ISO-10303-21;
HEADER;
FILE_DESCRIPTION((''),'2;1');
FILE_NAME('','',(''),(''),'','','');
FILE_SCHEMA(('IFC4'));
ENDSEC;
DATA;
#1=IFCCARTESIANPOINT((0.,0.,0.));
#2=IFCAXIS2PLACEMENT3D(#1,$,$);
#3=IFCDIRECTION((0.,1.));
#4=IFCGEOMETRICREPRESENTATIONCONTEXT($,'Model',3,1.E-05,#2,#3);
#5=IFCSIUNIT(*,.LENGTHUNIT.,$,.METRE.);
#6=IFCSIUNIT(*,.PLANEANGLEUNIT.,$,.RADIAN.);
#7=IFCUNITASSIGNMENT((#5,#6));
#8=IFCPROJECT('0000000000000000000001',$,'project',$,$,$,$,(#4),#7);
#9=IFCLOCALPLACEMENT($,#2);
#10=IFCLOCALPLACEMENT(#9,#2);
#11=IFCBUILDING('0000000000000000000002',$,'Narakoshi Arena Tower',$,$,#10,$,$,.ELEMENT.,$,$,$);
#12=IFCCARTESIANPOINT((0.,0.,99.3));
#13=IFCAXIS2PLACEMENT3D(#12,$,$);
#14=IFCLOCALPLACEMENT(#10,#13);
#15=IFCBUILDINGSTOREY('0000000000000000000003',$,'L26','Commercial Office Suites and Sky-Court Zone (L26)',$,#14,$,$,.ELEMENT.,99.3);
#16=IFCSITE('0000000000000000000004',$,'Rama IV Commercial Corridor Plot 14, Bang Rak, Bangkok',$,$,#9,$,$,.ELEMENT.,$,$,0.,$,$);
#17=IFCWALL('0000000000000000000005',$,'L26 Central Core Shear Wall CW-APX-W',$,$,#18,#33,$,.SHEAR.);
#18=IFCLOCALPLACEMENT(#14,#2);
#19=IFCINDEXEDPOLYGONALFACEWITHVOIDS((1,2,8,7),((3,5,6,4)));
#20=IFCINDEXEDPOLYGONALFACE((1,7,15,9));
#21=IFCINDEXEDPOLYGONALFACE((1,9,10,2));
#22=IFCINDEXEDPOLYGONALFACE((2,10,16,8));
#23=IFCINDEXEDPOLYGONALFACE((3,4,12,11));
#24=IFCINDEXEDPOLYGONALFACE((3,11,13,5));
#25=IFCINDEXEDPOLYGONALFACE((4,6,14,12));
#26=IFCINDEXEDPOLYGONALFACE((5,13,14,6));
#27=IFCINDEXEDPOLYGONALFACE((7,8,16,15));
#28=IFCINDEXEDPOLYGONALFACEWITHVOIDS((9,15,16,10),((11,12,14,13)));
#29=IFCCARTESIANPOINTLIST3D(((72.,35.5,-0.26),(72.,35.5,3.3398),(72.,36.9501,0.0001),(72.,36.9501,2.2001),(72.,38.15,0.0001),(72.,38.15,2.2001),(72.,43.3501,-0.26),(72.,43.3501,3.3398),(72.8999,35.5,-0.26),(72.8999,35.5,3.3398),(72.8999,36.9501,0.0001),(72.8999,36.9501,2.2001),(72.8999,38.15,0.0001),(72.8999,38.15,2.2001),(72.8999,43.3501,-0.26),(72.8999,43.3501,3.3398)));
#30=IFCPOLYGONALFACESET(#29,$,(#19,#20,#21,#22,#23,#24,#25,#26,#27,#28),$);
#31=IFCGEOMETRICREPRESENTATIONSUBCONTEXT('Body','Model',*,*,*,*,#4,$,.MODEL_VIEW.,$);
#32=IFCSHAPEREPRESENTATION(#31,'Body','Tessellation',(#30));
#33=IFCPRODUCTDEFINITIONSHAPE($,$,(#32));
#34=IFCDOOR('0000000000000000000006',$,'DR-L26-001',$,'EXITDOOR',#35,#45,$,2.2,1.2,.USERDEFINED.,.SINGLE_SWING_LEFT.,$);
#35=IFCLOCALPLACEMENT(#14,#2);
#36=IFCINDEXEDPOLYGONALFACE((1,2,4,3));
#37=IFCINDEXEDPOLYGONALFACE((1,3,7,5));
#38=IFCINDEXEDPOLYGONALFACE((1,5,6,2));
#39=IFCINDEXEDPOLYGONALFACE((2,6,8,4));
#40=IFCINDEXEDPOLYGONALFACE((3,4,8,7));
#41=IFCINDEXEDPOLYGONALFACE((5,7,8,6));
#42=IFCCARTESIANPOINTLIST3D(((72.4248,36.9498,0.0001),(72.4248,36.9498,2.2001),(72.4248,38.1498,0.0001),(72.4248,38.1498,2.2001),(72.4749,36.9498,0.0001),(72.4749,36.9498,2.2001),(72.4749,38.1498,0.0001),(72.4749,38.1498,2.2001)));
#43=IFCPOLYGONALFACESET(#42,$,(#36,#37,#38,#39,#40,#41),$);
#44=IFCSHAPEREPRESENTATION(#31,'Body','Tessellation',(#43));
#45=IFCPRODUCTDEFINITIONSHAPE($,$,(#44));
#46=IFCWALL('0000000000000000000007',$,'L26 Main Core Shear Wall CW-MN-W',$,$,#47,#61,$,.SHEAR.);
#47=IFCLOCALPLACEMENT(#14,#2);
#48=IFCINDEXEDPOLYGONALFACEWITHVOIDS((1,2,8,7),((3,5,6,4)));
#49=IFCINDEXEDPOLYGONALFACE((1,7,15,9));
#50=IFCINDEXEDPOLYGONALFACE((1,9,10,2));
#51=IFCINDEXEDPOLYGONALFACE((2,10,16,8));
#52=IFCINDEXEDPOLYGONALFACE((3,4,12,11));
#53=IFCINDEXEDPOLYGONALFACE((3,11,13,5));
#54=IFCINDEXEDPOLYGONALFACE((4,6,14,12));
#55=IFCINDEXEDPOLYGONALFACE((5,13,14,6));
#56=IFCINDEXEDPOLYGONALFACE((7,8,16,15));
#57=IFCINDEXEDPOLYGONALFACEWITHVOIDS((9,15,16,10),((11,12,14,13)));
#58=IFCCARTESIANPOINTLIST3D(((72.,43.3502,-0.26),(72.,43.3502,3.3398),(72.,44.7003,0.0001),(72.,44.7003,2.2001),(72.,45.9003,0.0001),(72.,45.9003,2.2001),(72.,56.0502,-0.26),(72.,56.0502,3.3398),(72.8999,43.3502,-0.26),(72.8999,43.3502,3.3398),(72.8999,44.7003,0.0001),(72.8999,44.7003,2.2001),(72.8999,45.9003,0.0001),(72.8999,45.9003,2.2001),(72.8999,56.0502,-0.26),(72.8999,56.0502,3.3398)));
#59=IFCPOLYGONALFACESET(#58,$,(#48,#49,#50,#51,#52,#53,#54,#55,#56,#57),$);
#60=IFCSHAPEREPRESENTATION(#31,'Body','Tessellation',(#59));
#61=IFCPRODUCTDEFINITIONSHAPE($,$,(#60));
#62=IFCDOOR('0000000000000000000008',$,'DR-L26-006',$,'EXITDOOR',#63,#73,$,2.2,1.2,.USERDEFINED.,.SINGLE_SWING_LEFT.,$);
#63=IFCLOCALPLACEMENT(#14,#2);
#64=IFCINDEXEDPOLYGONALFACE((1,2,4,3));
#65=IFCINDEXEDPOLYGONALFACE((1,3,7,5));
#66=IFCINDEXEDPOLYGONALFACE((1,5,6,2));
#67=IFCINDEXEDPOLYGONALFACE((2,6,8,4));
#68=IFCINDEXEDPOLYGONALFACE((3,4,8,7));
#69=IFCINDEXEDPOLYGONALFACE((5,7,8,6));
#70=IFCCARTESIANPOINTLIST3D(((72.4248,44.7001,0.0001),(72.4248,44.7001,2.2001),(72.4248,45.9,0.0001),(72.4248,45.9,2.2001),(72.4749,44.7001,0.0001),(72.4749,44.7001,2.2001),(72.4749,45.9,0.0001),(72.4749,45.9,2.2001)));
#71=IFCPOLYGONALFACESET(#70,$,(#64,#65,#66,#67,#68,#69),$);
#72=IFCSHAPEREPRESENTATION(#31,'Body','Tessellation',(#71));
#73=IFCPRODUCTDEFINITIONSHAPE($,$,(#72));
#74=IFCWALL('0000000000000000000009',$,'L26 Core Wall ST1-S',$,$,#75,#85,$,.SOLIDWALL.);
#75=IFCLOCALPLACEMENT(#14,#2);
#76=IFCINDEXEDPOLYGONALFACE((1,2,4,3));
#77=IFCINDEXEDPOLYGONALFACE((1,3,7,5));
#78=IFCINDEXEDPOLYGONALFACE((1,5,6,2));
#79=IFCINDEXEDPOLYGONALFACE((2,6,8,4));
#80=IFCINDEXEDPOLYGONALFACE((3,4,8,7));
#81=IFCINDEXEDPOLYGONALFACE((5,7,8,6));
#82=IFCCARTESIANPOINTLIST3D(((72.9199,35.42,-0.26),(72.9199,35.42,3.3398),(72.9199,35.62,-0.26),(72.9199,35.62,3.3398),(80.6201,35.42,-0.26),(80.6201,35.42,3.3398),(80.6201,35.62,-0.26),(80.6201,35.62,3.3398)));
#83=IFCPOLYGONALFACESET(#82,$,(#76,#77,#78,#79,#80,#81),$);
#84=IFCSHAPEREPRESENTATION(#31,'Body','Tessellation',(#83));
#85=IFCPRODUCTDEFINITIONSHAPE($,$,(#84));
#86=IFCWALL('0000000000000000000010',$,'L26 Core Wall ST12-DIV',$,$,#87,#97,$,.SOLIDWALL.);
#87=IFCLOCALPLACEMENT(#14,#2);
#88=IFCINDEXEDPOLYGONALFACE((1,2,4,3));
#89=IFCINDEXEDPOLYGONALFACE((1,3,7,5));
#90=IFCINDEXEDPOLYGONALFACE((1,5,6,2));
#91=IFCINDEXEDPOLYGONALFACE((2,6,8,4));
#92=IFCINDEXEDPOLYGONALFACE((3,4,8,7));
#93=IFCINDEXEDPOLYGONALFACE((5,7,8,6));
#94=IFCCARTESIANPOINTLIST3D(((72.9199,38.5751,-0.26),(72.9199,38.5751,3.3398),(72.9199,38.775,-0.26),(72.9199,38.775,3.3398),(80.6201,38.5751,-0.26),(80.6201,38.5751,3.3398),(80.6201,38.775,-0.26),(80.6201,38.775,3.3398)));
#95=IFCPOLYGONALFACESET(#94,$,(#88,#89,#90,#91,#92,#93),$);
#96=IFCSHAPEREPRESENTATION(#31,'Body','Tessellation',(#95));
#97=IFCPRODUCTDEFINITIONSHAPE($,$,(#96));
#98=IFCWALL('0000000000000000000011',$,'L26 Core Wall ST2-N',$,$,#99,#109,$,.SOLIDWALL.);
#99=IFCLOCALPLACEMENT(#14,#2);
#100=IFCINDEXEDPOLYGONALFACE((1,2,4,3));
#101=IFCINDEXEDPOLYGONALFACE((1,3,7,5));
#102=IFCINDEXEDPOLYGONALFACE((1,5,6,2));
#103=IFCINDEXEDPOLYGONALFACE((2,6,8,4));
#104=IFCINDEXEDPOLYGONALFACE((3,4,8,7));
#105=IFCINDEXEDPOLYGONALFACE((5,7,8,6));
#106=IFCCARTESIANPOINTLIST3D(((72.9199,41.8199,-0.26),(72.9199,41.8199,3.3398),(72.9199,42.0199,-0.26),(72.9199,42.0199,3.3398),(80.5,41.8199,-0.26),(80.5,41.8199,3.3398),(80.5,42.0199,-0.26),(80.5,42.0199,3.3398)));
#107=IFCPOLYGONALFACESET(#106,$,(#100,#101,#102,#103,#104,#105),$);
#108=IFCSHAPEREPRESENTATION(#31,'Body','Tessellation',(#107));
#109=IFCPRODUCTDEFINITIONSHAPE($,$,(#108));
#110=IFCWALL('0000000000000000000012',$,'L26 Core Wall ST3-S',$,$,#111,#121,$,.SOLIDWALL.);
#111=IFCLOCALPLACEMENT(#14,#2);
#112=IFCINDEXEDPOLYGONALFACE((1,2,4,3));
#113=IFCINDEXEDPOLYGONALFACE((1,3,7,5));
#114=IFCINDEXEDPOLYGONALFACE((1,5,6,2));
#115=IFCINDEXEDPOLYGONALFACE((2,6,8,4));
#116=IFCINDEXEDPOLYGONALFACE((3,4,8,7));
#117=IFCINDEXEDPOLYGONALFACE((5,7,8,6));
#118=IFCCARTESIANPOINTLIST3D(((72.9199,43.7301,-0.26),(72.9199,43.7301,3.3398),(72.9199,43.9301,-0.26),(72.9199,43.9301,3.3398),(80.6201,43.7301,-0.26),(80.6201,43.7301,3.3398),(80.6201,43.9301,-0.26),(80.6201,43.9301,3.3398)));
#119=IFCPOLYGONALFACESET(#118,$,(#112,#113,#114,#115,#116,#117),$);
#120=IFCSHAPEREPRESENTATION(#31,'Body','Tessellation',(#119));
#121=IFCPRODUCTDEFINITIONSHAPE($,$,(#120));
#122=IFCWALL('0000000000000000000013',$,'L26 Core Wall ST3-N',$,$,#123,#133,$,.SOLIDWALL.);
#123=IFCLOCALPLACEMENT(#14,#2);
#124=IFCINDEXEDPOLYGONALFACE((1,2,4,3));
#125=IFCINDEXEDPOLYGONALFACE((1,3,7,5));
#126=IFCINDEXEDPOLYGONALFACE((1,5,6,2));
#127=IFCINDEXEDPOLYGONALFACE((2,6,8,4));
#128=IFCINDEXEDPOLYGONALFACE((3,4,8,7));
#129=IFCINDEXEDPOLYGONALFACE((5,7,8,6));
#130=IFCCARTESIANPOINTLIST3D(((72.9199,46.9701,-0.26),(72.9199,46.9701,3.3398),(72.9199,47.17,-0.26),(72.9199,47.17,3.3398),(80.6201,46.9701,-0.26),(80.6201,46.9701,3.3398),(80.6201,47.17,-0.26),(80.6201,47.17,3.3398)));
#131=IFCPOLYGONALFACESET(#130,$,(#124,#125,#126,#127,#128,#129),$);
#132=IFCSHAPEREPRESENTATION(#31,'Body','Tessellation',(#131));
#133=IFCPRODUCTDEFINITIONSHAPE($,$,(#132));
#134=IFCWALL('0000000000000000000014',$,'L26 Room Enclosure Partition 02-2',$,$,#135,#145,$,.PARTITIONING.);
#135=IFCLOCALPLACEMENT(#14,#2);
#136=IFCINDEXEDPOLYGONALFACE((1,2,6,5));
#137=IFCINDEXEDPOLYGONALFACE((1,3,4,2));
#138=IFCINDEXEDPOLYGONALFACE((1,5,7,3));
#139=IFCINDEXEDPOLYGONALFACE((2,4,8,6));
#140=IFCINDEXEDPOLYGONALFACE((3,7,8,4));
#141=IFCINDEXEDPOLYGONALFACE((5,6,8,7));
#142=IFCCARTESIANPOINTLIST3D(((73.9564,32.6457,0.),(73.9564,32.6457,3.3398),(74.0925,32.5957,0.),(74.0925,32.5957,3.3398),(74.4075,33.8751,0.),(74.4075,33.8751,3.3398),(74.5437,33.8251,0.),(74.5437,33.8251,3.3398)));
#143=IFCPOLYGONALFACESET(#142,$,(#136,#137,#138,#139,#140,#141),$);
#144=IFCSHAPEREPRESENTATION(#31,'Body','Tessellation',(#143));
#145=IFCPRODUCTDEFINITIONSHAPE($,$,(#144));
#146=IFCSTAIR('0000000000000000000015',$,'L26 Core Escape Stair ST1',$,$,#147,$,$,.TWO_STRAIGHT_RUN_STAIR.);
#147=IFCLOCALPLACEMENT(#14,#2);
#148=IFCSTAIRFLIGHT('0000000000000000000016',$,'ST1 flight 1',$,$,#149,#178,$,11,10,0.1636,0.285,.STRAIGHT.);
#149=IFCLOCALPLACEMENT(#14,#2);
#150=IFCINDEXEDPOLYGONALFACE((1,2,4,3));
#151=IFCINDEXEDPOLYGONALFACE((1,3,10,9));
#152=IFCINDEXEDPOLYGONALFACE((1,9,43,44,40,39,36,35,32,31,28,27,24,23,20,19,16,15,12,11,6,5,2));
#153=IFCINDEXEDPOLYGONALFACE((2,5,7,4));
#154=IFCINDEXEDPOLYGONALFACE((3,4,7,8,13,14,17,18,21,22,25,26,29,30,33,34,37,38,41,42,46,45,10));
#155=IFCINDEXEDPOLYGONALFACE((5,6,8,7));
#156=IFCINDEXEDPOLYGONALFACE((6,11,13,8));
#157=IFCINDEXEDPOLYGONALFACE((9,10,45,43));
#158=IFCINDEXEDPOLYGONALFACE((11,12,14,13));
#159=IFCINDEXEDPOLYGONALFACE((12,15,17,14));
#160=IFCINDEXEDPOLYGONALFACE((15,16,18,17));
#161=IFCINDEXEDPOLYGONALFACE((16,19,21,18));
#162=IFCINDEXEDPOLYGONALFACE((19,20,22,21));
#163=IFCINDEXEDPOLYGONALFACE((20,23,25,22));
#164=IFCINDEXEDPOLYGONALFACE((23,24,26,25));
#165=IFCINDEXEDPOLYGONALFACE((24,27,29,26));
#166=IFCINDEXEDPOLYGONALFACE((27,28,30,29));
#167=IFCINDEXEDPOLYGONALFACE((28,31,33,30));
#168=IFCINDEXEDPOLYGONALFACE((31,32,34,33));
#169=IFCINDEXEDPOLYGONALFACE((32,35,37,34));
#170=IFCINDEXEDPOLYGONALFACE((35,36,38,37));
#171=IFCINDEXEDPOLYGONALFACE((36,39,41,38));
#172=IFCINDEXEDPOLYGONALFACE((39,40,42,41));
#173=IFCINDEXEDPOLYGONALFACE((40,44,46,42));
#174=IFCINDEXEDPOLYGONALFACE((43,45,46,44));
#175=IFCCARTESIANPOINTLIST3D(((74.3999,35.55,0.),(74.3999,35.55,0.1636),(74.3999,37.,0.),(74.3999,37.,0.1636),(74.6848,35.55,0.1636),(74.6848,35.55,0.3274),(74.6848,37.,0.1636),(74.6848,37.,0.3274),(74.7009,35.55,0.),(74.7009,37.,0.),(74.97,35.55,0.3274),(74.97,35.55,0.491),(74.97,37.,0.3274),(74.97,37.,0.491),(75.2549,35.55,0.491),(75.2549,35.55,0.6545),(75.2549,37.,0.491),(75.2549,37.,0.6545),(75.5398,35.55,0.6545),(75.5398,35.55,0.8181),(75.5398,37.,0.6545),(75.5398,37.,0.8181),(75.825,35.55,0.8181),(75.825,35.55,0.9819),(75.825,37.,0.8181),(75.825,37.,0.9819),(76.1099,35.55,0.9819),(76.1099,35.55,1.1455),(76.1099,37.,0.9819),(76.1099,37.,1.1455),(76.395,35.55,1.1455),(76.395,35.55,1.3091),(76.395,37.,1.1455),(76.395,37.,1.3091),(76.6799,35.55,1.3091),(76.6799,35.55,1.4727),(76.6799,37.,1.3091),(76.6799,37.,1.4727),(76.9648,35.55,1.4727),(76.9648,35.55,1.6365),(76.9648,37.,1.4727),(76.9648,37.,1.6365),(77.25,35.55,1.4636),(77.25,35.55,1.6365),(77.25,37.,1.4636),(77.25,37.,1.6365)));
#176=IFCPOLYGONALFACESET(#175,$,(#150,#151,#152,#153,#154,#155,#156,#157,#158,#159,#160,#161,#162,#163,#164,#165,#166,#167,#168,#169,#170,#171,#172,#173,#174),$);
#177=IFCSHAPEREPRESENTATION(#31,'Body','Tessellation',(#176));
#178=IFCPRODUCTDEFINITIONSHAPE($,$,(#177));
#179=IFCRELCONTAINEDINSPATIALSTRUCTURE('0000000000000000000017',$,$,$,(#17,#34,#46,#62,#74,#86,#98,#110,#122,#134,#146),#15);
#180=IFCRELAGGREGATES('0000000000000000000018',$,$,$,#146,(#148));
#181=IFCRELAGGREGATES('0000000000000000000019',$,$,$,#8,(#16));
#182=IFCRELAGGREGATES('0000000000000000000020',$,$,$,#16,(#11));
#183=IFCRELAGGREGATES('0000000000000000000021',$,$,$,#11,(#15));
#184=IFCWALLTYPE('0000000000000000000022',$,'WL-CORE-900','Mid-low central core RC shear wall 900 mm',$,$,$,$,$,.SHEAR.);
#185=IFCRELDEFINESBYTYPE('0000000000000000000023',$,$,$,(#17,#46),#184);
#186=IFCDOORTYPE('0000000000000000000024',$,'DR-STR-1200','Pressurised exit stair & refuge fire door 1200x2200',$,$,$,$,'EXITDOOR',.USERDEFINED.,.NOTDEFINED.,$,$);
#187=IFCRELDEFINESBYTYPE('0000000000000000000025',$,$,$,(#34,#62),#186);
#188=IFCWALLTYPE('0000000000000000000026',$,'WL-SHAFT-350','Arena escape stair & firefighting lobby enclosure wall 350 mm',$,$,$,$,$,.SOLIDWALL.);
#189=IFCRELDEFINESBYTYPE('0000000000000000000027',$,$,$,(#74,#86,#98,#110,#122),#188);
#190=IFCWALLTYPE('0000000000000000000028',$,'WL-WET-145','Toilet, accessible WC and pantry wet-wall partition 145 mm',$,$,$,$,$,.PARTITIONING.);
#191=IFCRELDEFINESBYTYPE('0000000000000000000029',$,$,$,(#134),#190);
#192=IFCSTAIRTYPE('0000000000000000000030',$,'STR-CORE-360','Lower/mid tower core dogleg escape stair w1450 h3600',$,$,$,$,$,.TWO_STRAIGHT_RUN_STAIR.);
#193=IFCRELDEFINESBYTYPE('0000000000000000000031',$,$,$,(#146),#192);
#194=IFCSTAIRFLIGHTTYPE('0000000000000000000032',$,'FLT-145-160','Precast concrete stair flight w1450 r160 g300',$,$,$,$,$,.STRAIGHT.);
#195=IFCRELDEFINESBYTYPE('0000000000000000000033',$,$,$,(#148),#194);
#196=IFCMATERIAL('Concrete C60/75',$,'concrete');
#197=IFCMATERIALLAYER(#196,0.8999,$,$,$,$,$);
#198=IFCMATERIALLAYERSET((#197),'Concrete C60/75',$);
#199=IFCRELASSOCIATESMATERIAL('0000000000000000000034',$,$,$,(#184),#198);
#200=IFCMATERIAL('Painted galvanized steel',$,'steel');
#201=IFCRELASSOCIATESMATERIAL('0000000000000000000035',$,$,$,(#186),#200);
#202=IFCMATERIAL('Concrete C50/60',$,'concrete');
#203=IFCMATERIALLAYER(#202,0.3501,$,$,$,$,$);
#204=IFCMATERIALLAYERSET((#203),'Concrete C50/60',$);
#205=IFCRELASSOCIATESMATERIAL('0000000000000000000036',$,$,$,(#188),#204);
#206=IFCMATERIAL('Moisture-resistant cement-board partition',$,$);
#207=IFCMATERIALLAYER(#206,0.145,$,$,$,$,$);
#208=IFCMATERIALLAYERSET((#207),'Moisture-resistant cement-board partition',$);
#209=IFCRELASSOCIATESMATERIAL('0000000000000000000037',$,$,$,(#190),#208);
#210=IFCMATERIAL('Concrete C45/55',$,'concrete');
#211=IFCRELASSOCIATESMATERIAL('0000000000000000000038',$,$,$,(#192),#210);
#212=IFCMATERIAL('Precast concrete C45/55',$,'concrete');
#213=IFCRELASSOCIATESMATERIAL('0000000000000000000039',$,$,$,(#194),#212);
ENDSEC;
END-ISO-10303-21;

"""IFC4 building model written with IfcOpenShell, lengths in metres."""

from ifc_helpers import new_model, si_unit, direction, frame, frame_2d, origin, place, context, subcontext, project, spatial, polyline, rectangle, outline, extrude, material, layer, layer_set, type_object, element, fill, aggregate, save


model = new_model("IFC4")

# Units and contexts
model_context = context("Model", 3, precision=1e-05, world=origin(), true_north=direction((0.0, 1.0)))
body_context = subcontext(model_context, "Body", "Model", "MODEL_VIEW")
ifc_project = project(units=[si_unit("LENGTHUNIT", "METRE"), si_unit("PLANEANGLEUNIT", "RADIAN")], contexts=[model_context])

# Site, building, storey
site_placement = place(None, origin())
site = spatial("IfcSite", under=ifc_project, at=site_placement, Name="Rama IV Commercial Corridor Plot 14, Bang Rak, Bangkok", CompositionType="ELEMENT", RefElevation=0.0)
building_placement = place(site_placement, origin())
building = spatial("IfcBuilding", under=site, at=building_placement, Name="Narakoshi Arena Tower", CompositionType="ELEMENT")
storey_placement = place(building_placement, frame((0.0, 0.0, 99.3)))
storey = spatial("IfcBuildingStorey", under=building, at=storey_placement, Name="L26", Description="Commercial Office Suites and Sky-Court Zone (L26)", CompositionType="ELEMENT", Elevation=99.3)

# Walls, openings, doors
ifc_material_1 = material(Name="Concrete C60/75", Category="concrete")
ifc_layer_1 = layer(ifc_material_1, 0.8999)
ifc_layer_set_1 = layer_set([ifc_layer_1], Name="Concrete C60/75")
wall_type_1 = type_object("IfcWallType", Name="WL-CORE-900", Description="Mid-low central core RC shear wall 900 mm", PredefinedType="SHEAR", material=ifc_layer_set_1)
wall_1_placement = place(storey_placement, frame((72.45, 35.5, -0.26), z_axis=(0.0, 0.0, 1.0), x_axis=(0.0, 1.0, 0.0)))
wall_1 = element("IfcWall", 1, at=wall_1_placement, inside=storey, type_object=wall_type_1, Name="L26 Central Core Shear Wall CW-APX-W", PredefinedType="SHEAR", context=body_context, shape_type="SweptSolid", body=[
    extrude(rectangle(XDim=7.8501, YDim=0.8999, at=frame_2d((3.925, 0.0))), origin(), (0.0, 0.0, 1.0), 3.5999),
])
opening_1_placement = place(wall_1_placement, frame((1.45, 0.0, 0.26)))
opening_1 = element("IfcOpeningElement", 2, at=opening_1_placement, cuts=wall_1, PredefinedType="OPENING", context=body_context, shape_type="SweptSolid", body=[
    extrude(rectangle(XDim=1.2, YDim=2.2, at=frame_2d((0.6001, 1.1001))), frame((0.0, 0.46, 0.0), z_axis=(0.0, -1.0, 0.0), x_axis=(1.0, 0.0, 0.0)), (0.0, 0.0, 1.0), 0.9199),
])
ifc_material_2 = material(Name="Painted galvanized steel", Category="steel")
door_type = type_object("IfcDoorType", Name="DR-STR-1200", Description="Pressurised exit stair & refuge fire door 1200x2200", ElementType="EXITDOOR", OperationType="NOTDEFINED", PredefinedType="USERDEFINED", material=ifc_material_2)
door_1_placement = place(opening_1_placement, frame((1.2, 0.0, 0.0), z_axis=(0.0, 0.0, 1.0), x_axis=(-1.0, 0.0, 0.0)))
door_1 = element("IfcDoor", 3, at=door_1_placement, inside=storey, type_object=door_type, Name="DR-L26-001", ObjectType="EXITDOOR", OperationType="SINGLE_SWING_LEFT", OverallHeight=2.2, OverallWidth=1.2, PredefinedType="USERDEFINED", context=body_context, shape_type="SweptSolid", body=[
    extrude(rectangle(XDim=1.2, YDim=2.2, at=frame_2d((0.6001, 1.1001))), frame((0.0, 0.0249, 0.0), z_axis=(0.0, -1.0, 0.0), x_axis=(1.0, 0.0, 0.0)), (0.0, 0.0, 1.0), 0.05),
])
fill(opening_1, door_1)
wall_2_placement = place(storey_placement, frame((72.45, 43.3501, -0.26), z_axis=(0.0, 0.0, 1.0), x_axis=(0.0, 1.0, 0.0)))
wall_2 = element("IfcWall", 4, at=wall_2_placement, inside=storey, type_object=wall_type_1, Name="L26 Main Core Shear Wall CW-MN-W", PredefinedType="SHEAR", context=body_context, shape_type="SweptSolid", body=[
    extrude(rectangle(XDim=12.7, YDim=0.8999, at=frame_2d((6.3501, 0.0))), origin(), (0.0, 0.0, 1.0), 3.5999),
])
opening_2_placement = place(wall_2_placement, frame((1.3501, 0.0, 0.26)))
opening_2 = element("IfcOpeningElement", 5, at=opening_2_placement, cuts=wall_2, PredefinedType="OPENING", context=body_context, shape_type="SweptSolid", body=[
    extrude(rectangle(XDim=1.2, YDim=2.2, at=frame_2d((0.6001, 1.1001))), frame((0.0, 0.46, 0.0), z_axis=(0.0, -1.0, 0.0), x_axis=(1.0, 0.0, 0.0)), (0.0, 0.0, 1.0), 0.9199),
])
door_2_placement = place(opening_2_placement, frame((1.2, 0.0, 0.0), z_axis=(0.0, 0.0, 1.0), x_axis=(-1.0, 0.0, 0.0)))
door_2 = element("IfcDoor", 6, at=door_2_placement, inside=storey, type_object=door_type, Name="DR-L26-006", ObjectType="EXITDOOR", OperationType="SINGLE_SWING_LEFT", OverallHeight=2.2, OverallWidth=1.2, PredefinedType="USERDEFINED", context=body_context, shape_type="SweptSolid", body=[
    extrude(rectangle(XDim=1.2, YDim=2.2, at=frame_2d((0.6001, 1.1001))), frame((0.0, 0.0249, 0.0), z_axis=(0.0, -1.0, 0.0), x_axis=(1.0, 0.0, 0.0)), (0.0, 0.0, 1.0), 0.05),
])
fill(opening_2, door_2)

# Walls
ifc_material_3 = material(Name="Concrete C50/60", Category="concrete")
ifc_layer_2 = layer(ifc_material_3, 0.3501)
ifc_layer_set_2 = layer_set([ifc_layer_2], Name="Concrete C50/60")
wall_type_2 = type_object("IfcWallType", Name="WL-SHAFT-350", Description="Arena escape stair & firefighting lobby enclosure wall 350 mm", PredefinedType="SOLIDWALL", material=ifc_layer_set_2)
for number, where, z_axis, x_axis, name in (
    (7, (72.9199, 35.52, -0.26), (0.0, 0.0, 1.0), (1.0, 0.0, 0.0), "L26 Core Wall ST1-S"),
    (8, (72.9199, 38.675, -0.26), (0.0, 0.0, 1.0), (1.0, 0.0, 0.0), "L26 Core Wall ST12-DIV"),
):
    element("IfcWall", number, at=place(storey_placement, frame(where, z_axis=z_axis, x_axis=x_axis)), inside=storey, type_object=wall_type_2, Name=name, PredefinedType="SOLIDWALL", context=body_context, shape_type="SweptSolid", body=[
        extrude(rectangle(XDim=7.7002, YDim=0.2, at=frame_2d((3.8501, 0.0))), origin(), (0.0, 0.0, 1.0), 3.5999),
    ])
wall_3_placement = place(storey_placement, frame((72.9199, 41.9199, -0.26), z_axis=(0.0, 0.0, 1.0), x_axis=(1.0, 0.0, 0.0)))
element("IfcWall", 9, at=wall_3_placement, inside=storey, type_object=wall_type_2, Name="L26 Core Wall ST2-N", PredefinedType="SOLIDWALL", context=body_context, shape_type="SweptSolid", body=[
    extrude(rectangle(XDim=7.5801, YDim=0.2, at=frame_2d((3.79, 0.0))), origin(), (0.0, 0.0, 1.0), 3.5999),
])
for number, where, z_axis, x_axis, name in (
    (10, (72.9199, 43.8301, -0.26), (0.0, 0.0, 1.0), (1.0, 0.0, 0.0), "L26 Core Wall ST3-S"),
    (11, (72.9199, 47.0701, -0.26), (0.0, 0.0, 1.0), (1.0, 0.0, 0.0), "L26 Core Wall ST3-N"),
):
    element("IfcWall", number, at=place(storey_placement, frame(where, z_axis=z_axis, x_axis=x_axis)), inside=storey, type_object=wall_type_2, Name=name, PredefinedType="SOLIDWALL", context=body_context, shape_type="SweptSolid", body=[
        extrude(rectangle(XDim=7.7002, YDim=0.2, at=frame_2d((3.8501, 0.0))), origin(), (0.0, 0.0, 1.0), 3.5999),
    ])
ifc_material_4 = material(Name="Moisture-resistant cement-board partition")
ifc_layer_3 = layer(ifc_material_4, 0.145)
ifc_layer_set_3 = layer_set([ifc_layer_3], Name="Moisture-resistant cement-board partition")
wall_type_3 = type_object("IfcWallType", Name="WL-WET-145", Description="Toilet, accessible WC and pantry wet-wall partition 145 mm", PredefinedType="PARTITIONING", material=ifc_layer_set_3)
wall_4_placement = place(storey_placement, frame((74.4756, 33.8501, 0.0), z_axis=(0.0, 0.0, 1.0), x_axis=(-0.344496, -0.938788, 0.0)))
element("IfcWall", 12, at=wall_4_placement, inside=storey, type_object=wall_type_3, Name="L26 Room Enclosure Partition 02-2", PredefinedType="PARTITIONING", context=body_context, shape_type="SweptSolid", body=[
    extrude(rectangle(XDim=1.3096, YDim=0.145, at=frame_2d((0.6548, 0.0))), origin(), (0.0, 0.0, 1.0), 3.3398),
])

# Stair, stair flight
ifc_material_5 = material(Name="Concrete C45/55", Category="concrete")
stair_type = type_object("IfcStairType", Name="STR-CORE-360", Description="Lower/mid tower core dogleg escape stair w1450 h3600", PredefinedType="TWO_STRAIGHT_RUN_STAIR", material=ifc_material_5)
stair_1_placement = place(storey_placement, origin())
stair_1 = element("IfcStair", 13, at=stair_1_placement, inside=storey, type_object=stair_type, Name="L26 Core Escape Stair ST1", PredefinedType="TWO_STRAIGHT_RUN_STAIR")
ifc_material_6 = material(Name="Precast concrete C45/55", Category="concrete")
stair_flight_type = type_object("IfcStairFlightType", Name="FLT-145-160", Description="Precast concrete stair flight w1450 r160 g300", PredefinedType="STRAIGHT", material=ifc_material_6)
stair_flight_1_placement = place(storey_placement, frame((74.3999, 36.2749, 0.0), z_axis=(0.0, 0.0, 1.0), x_axis=(1.0, 0.0, 0.0)))
stair_flight_1 = element("IfcStairFlight", 14, at=stair_flight_1_placement, type_object=stair_flight_type, Name="ST1 flight 1", NumberOfRisers=11, NumberOfTreads=10, PredefinedType="STRAIGHT", RiserHeight=0.1636, TreadLength=0.285, context=body_context, shape_type="SweptSolid", body=[
    extrude(outline(polyline([(0.0, 0.0), (0.0, 0.1636), (0.2849, 0.1636), (0.2849, 0.3274), (0.5701, 0.3274), (0.5701, 0.491), (0.855, 0.491), (0.855, 0.6545), (1.1399, 0.6545), (1.1399, 0.8181), (1.425, 0.8181), (1.425, 0.9819), (1.71, 0.9819), (1.71, 1.1455), (1.9951, 1.1455), (1.9951, 1.3091), (2.28, 1.3091), (2.28, 1.4727), (2.5649, 1.4727), (2.5649, 1.6365), (2.8501, 1.6365), (2.8501, 1.8), (2.8501, 1.4636), (0.301, 0.0), (0.0, 0.0)])), frame((0.0, 0.7251, 0.0), z_axis=(0.0, -1.0, 0.0), x_axis=(1.0, 0.0, 0.0)), (0.0, 0.0, 1.0), 1.45),
])
aggregate(stair_1, [stair_flight_1])

save(model, "model.ifc")
